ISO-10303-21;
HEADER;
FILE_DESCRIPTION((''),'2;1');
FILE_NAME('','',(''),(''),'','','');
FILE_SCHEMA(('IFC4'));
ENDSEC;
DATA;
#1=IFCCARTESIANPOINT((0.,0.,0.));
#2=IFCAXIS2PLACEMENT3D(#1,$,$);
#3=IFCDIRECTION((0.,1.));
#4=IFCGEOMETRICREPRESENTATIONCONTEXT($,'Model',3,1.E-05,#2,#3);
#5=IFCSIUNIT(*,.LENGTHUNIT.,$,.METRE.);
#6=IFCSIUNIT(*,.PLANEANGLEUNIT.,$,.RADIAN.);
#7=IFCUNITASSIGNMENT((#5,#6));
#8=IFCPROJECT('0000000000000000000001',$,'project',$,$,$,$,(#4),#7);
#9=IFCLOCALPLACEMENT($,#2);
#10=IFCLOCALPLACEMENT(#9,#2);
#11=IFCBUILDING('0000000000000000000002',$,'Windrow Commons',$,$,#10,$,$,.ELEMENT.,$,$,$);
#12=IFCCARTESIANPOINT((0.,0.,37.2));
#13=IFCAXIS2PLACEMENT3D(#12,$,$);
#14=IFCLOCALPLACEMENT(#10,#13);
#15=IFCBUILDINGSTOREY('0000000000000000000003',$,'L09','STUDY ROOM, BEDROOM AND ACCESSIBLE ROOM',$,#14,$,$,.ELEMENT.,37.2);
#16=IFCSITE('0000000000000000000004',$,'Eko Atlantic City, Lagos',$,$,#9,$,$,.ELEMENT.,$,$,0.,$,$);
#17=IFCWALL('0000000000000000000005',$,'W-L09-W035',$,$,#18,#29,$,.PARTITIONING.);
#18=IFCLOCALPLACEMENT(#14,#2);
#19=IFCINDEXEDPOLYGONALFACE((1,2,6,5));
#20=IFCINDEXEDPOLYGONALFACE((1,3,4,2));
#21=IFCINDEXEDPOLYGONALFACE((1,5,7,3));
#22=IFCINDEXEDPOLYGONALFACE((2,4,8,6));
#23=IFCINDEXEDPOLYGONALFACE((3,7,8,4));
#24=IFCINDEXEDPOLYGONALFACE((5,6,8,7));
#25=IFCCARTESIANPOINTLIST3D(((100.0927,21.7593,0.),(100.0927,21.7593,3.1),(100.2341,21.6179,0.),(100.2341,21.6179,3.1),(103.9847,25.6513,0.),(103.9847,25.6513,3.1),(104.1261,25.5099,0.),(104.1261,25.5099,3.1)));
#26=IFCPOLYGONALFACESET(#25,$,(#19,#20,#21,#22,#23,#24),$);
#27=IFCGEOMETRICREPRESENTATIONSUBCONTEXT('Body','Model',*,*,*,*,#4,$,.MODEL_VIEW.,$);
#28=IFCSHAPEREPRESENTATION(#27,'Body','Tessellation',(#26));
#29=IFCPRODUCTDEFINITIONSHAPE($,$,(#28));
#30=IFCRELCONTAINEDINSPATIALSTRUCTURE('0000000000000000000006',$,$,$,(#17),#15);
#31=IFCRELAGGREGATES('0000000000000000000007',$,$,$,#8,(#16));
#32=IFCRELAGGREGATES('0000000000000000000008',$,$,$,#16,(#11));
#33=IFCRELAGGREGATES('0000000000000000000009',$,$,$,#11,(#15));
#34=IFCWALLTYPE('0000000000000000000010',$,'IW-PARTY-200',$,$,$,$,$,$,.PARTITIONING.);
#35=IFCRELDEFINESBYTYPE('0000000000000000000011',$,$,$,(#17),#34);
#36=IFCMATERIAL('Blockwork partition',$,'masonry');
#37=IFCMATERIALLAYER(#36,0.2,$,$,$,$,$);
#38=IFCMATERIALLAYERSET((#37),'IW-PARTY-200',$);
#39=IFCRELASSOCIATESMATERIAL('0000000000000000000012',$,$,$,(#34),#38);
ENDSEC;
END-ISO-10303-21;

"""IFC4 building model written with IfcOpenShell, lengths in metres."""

from ifc_helpers import new_model, si_unit, direction, frame, frame_2d, origin, place, context, subcontext, project, spatial, rectangle, extrude, material, layer, layer_set, type_object, element, save


model = new_model("IFC4")

# Units and contexts
model_context = context("Model", 3, precision=1e-05, world=origin(), true_north=direction((0.0, 1.0)))
body_context = subcontext(model_context, "Body", "Model", "MODEL_VIEW")
ifc_project = project(units=[si_unit("LENGTHUNIT", "METRE"), si_unit("PLANEANGLEUNIT", "RADIAN")], contexts=[model_context])

# Site, building, storey
site_placement = place(None, origin())
site = spatial("IfcSite", under=ifc_project, at=site_placement, Name="Eko Atlantic City, Lagos", CompositionType="ELEMENT", RefElevation=0.0)
building_placement = place(site_placement, origin())
building = spatial("IfcBuilding", under=site, at=building_placement, Name="Windrow Commons", CompositionType="ELEMENT")
storey_placement = place(building_placement, frame((0.0, 0.0, 37.2)))
storey = spatial("IfcBuildingStorey", under=building, at=storey_placement, Name="L09", Description="STUDY ROOM, BEDROOM AND ACCESSIBLE ROOM", CompositionType="ELEMENT", Elevation=37.2)

# Wall
ifc_material_1 = material(Name="Blockwork partition", Category="masonry")
ifc_layer_1 = layer(ifc_material_1, 0.2)
ifc_layer_set_1 = layer_set([ifc_layer_1], Name="IW-PARTY-200")
wall_type_1 = type_object("IfcWallType", Name="IW-PARTY-200", PredefinedType="PARTITIONING", material=ifc_layer_set_1)
wall_1_placement = place(storey_placement, frame((100.1634, 21.6886, 0.0), z_axis=(0.0, 0.0, 1.0), x_axis=(0.707107, 0.707107, 0.0)))
element("IfcWall", 1, at=wall_1_placement, inside=storey, type_object=wall_type_1, Name="W-L09-W035", PredefinedType="PARTITIONING", context=body_context, shape_type="SweptSolid", body=[
    extrude(rectangle(XDim=5.5041, YDim=0.2, at=frame_2d((2.7521, 0.0))), origin(), (0.0, 0.0, 1.0), 3.1),
])

save(model, "model.ifc")
